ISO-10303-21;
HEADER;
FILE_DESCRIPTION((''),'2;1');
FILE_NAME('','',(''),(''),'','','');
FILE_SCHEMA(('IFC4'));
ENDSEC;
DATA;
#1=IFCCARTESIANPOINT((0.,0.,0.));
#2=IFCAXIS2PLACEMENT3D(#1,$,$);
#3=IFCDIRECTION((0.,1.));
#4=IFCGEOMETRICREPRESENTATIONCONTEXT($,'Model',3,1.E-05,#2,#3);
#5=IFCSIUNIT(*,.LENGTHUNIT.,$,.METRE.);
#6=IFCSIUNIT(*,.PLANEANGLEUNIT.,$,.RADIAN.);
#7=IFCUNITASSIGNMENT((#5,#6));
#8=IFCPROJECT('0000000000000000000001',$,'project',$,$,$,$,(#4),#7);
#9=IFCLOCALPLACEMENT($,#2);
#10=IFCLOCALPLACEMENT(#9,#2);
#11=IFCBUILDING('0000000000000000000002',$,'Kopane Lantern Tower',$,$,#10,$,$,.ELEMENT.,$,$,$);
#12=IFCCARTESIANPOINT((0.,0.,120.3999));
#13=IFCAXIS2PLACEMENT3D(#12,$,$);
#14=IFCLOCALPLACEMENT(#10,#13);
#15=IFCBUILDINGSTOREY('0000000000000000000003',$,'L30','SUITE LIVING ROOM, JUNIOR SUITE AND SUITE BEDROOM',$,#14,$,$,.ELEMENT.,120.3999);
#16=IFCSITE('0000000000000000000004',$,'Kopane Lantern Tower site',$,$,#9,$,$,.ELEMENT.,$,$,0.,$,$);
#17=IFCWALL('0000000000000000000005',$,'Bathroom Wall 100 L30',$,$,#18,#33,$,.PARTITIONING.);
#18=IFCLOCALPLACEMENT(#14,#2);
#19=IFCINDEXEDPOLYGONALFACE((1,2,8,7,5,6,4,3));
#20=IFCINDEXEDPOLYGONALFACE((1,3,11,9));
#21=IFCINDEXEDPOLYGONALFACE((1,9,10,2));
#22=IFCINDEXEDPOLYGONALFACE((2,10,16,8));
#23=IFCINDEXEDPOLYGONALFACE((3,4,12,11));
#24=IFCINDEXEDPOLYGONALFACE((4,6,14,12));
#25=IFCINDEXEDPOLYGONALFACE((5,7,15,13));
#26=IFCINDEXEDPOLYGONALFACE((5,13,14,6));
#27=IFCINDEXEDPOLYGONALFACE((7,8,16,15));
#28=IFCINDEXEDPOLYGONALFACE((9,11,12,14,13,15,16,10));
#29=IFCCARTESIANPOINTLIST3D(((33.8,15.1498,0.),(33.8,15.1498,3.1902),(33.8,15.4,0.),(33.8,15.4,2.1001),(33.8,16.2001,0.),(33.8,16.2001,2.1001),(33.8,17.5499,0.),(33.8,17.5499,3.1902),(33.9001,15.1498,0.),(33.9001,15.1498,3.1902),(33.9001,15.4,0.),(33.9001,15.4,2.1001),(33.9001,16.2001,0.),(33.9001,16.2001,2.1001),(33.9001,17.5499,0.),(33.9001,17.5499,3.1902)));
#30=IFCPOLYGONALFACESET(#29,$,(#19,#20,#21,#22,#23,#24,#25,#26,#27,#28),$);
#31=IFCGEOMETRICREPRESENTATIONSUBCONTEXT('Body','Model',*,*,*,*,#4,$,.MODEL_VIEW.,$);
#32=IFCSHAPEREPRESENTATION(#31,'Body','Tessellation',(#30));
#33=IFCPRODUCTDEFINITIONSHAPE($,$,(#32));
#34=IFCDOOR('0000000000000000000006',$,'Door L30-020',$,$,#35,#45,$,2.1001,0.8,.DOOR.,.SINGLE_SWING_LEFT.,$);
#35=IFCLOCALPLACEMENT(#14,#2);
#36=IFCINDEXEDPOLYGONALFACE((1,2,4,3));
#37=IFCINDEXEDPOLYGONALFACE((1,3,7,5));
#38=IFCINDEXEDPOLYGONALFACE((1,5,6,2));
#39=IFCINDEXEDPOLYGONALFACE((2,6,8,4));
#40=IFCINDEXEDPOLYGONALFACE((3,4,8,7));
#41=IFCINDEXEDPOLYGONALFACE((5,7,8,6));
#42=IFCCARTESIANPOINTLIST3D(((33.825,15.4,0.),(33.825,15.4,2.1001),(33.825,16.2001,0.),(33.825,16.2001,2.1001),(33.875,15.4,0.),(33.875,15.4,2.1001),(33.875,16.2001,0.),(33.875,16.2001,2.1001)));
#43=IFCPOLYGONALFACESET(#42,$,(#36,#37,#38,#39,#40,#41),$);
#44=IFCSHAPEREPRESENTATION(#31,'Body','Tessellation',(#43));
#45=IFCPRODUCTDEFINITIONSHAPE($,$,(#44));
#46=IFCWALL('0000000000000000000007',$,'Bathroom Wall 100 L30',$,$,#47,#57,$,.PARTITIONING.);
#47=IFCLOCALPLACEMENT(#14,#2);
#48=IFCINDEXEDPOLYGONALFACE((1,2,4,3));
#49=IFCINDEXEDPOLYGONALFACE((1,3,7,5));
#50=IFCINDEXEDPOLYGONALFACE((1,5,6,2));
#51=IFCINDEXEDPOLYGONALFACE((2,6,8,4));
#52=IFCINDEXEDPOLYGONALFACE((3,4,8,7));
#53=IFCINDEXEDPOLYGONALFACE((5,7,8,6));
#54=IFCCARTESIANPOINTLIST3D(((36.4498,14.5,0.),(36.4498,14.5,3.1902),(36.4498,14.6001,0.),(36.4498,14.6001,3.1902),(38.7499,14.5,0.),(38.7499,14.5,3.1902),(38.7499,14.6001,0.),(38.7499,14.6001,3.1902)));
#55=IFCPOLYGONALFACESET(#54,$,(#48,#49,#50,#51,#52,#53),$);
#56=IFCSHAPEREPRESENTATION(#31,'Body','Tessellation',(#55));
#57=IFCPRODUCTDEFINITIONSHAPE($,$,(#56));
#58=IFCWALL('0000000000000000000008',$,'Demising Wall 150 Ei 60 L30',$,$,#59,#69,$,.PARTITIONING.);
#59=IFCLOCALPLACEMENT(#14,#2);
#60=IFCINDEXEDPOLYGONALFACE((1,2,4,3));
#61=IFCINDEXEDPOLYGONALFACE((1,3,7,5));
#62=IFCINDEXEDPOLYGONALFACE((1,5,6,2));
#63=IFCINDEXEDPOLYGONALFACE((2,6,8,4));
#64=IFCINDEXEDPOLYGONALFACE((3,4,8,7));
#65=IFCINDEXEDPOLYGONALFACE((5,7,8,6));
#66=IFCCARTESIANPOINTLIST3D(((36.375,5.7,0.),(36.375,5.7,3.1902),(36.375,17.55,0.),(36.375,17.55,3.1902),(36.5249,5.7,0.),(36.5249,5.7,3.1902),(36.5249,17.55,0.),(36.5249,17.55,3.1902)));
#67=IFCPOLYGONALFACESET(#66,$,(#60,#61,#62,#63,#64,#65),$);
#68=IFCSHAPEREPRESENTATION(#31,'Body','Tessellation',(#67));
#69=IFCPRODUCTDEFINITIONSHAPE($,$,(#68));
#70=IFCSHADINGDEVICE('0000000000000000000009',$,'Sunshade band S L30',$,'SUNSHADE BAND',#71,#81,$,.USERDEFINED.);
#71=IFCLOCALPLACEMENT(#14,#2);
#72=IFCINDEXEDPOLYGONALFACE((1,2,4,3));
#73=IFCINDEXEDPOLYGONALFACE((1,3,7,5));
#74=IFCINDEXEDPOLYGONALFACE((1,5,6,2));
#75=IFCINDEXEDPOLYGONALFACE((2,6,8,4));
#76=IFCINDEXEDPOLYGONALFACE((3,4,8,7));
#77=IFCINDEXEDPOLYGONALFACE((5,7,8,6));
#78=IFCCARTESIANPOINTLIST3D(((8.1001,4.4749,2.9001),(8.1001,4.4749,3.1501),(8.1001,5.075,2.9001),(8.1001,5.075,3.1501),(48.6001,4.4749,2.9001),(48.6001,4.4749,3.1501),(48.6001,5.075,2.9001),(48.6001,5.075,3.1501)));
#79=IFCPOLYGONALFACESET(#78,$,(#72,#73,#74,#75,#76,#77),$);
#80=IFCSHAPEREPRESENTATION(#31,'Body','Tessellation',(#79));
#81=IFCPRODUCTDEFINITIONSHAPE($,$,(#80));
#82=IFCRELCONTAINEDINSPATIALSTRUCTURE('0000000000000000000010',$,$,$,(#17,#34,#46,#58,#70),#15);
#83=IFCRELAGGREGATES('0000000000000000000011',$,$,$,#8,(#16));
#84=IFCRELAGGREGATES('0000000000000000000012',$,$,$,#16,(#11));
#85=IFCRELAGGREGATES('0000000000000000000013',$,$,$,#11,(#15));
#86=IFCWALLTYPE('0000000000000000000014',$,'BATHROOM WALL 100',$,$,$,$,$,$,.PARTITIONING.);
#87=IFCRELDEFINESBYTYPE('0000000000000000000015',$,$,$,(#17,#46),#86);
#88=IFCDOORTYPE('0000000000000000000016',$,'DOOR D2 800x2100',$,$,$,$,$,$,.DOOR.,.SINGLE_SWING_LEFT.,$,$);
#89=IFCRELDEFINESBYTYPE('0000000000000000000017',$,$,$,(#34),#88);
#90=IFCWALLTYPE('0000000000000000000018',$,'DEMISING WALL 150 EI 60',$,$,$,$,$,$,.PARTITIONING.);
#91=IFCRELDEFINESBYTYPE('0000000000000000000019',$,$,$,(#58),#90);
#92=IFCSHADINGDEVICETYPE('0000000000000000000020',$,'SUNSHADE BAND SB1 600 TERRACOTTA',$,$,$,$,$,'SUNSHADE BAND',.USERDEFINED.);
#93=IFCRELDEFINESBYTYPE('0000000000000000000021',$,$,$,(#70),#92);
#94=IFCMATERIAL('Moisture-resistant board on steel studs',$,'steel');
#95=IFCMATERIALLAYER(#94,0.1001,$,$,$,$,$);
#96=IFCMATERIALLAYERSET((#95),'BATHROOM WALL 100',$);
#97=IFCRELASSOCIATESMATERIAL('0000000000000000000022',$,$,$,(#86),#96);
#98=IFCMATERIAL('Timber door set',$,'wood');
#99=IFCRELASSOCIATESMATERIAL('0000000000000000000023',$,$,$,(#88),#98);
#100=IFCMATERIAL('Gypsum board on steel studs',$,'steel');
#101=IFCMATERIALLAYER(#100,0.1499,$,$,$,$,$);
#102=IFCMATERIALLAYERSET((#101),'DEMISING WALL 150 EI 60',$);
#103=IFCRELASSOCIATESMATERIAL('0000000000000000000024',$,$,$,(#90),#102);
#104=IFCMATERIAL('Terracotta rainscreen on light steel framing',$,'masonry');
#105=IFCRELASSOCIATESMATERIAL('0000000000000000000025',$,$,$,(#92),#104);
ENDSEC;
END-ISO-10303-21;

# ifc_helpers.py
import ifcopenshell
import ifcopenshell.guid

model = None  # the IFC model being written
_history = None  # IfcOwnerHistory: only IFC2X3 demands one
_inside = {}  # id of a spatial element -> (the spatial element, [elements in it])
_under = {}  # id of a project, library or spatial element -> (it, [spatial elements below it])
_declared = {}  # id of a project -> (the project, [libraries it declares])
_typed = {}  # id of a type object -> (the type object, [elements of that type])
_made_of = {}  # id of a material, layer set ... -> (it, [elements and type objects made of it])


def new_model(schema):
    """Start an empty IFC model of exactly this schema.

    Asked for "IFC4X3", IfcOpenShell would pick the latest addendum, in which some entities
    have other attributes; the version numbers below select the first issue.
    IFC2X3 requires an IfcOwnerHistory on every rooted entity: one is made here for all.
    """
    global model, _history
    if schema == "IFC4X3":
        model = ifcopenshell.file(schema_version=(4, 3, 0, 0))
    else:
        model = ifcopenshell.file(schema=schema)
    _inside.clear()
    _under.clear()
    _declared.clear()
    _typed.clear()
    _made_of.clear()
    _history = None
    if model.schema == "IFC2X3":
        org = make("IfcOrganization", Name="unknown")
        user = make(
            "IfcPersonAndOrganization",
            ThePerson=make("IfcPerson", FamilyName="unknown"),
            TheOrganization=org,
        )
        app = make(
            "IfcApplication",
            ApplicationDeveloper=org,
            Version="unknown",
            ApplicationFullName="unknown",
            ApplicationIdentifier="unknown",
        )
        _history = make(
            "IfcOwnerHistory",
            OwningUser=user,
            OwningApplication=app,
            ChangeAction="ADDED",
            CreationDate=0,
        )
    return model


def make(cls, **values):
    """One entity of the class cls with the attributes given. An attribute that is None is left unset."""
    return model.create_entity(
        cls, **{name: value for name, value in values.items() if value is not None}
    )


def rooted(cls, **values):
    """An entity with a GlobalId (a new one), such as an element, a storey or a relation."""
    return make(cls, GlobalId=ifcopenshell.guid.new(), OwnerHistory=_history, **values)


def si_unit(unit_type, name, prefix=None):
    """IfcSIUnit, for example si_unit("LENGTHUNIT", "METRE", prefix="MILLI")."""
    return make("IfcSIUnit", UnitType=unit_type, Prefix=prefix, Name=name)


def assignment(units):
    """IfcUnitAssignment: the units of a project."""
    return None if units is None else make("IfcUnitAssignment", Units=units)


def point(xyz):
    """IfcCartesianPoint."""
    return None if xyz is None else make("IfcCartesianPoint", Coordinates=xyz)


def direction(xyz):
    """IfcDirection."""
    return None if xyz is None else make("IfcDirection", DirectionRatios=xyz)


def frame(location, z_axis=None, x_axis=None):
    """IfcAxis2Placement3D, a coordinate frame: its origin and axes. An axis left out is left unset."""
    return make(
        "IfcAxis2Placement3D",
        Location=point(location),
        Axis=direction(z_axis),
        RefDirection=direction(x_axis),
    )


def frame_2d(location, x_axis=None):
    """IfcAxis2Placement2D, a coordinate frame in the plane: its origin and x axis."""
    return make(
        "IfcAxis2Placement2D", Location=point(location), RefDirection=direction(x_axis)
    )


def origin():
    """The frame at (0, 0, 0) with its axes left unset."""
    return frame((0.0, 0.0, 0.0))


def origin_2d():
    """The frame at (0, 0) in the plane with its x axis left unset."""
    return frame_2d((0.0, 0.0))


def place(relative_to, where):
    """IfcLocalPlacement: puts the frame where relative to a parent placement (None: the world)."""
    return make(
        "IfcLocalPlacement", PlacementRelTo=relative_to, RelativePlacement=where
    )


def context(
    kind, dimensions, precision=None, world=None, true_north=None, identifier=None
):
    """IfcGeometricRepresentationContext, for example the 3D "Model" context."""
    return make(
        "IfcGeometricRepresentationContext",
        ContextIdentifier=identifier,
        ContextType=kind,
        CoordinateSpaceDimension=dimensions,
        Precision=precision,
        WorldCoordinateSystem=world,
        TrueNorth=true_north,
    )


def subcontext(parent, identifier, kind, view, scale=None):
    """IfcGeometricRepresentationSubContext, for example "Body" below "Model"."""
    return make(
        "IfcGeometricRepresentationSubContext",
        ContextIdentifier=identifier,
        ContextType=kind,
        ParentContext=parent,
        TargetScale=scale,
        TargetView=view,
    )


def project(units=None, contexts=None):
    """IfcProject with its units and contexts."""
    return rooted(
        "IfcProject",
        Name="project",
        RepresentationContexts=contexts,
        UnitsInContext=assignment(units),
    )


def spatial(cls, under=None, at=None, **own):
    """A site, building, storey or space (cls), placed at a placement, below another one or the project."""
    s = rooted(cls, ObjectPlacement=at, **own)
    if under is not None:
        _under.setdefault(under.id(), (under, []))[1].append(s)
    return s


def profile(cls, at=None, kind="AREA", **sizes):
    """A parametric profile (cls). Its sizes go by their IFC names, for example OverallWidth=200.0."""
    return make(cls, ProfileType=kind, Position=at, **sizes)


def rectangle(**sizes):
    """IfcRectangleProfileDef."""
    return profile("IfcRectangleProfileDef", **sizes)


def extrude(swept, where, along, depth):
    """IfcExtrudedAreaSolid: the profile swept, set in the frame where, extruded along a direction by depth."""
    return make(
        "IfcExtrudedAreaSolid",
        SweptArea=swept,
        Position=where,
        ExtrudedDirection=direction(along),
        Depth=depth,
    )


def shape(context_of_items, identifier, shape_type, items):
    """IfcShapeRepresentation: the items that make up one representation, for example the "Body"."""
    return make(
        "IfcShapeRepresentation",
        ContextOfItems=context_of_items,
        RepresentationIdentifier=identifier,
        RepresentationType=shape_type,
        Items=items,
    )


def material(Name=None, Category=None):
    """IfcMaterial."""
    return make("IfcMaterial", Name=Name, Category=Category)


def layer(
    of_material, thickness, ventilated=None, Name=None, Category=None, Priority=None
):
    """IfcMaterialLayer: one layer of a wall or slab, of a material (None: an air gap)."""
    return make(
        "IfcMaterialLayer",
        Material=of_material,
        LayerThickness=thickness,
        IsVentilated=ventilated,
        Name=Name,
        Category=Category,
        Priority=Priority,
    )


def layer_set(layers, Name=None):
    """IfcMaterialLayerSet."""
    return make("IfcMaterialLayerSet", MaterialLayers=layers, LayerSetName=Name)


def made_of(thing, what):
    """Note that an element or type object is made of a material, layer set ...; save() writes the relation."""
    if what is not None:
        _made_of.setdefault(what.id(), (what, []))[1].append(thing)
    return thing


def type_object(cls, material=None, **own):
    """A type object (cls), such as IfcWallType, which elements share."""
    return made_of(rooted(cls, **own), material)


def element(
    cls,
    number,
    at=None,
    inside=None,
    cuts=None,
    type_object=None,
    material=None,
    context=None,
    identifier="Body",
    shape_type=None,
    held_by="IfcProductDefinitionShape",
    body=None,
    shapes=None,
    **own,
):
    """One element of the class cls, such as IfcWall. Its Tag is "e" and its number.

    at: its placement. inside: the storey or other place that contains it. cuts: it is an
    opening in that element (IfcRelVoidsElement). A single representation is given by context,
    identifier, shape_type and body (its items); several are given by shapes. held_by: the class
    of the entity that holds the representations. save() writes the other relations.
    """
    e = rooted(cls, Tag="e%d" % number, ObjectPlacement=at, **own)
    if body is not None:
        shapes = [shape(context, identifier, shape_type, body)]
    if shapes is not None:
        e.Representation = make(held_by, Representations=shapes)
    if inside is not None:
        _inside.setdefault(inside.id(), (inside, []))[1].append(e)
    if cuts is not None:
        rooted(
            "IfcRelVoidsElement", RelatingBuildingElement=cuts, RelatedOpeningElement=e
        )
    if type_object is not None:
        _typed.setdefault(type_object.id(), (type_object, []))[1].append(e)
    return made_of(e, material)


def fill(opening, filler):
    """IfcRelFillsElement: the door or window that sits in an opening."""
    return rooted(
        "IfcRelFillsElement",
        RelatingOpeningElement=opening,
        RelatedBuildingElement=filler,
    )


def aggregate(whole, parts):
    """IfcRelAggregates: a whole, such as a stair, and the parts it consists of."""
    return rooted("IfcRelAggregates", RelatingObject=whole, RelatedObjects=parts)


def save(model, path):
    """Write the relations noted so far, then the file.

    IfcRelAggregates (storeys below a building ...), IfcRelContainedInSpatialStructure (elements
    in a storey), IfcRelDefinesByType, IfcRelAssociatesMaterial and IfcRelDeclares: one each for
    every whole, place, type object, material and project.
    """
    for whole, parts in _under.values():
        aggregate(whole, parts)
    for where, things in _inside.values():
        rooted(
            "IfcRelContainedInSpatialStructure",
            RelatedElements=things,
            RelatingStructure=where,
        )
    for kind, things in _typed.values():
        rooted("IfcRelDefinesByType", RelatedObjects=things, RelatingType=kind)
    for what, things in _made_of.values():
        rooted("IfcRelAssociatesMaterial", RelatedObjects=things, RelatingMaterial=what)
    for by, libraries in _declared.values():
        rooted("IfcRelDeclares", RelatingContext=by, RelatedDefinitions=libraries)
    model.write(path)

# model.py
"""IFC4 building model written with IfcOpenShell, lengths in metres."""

from ifc_helpers import new_model, si_unit, direction, frame, frame_2d, origin, origin_2d, place, context, subcontext, project, spatial, rectangle, extrude, material, layer, layer_set, type_object, element, fill, save


model = new_model("IFC4")

# Units and contexts
model_context = context("Model", 3, precision=1e-05, world=origin(), true_north=direction((0.0, 1.0)))
body_context = subcontext(model_context, "Body", "Model", "MODEL_VIEW")
ifc_project = project(units=[si_unit("LENGTHUNIT", "METRE"), si_unit("PLANEANGLEUNIT", "RADIAN")], contexts=[model_context])

# Site, building, storey
site_placement = place(None, origin())
site = spatial("IfcSite", under=ifc_project, at=site_placement, Name="Kopane Lantern Tower site", CompositionType="ELEMENT", RefElevation=0.0)
building_placement = place(site_placement, origin())
building = spatial("IfcBuilding", under=site, at=building_placement, Name="Kopane Lantern Tower", CompositionType="ELEMENT")
storey_placement = place(building_placement, frame((0.0, 0.0, 120.3999)))
storey = spatial("IfcBuildingStorey", under=building, at=storey_placement, Name="L30", Description="SUITE LIVING ROOM, JUNIOR SUITE AND SUITE BEDROOM", CompositionType="ELEMENT", Elevation=120.3999)

# Shared definitions
ifc_material_1 = material(Name="Moisture-resistant board on steel studs", Category="steel")
ifc_layer_1 = layer(ifc_material_1, 0.1001)
ifc_layer_set_1 = layer_set([ifc_layer_1], Name="BATHROOM WALL 100")
wall_type_1 = type_object("IfcWallType", Name="BATHROOM WALL 100", PredefinedType="PARTITIONING", material=ifc_layer_set_1)
ifc_material_2 = material(Name="Timber door set", Category="wood")
door_type_1 = type_object("IfcDoorType", Name="DOOR D2 800x2100", OperationType="SINGLE_SWING_LEFT", PredefinedType="DOOR", material=ifc_material_2)

# Wall, opening, door
wall_1_placement = place(storey_placement, frame((33.8501, 17.55, 0.0), z_axis=(0.0, 0.0, 1.0), x_axis=(0.0, -1.0, 0.0)))
wall_1 = element("IfcWall", 1, at=wall_1_placement, inside=storey, type_object=wall_type_1, Name="Bathroom Wall 100 L30", PredefinedType="PARTITIONING", context=body_context, shape_type="SweptSolid", body=[
    extrude(rectangle(XDim=2.4001, YDim=0.1001, at=frame_2d((1.2002, 0.0))), origin(), (0.0, 0.0, 1.0), 3.1902),
])
opening_1_placement = place(wall_1_placement, frame((1.3501, 0.0, 0.0)))
opening_1 = element("IfcOpeningElement", 2, at=opening_1_placement, cuts=wall_1, PredefinedType="OPENING", context=body_context, shape_type="SweptSolid", body=[
    extrude(rectangle(XDim=0.8, YDim=2.1001, at=frame_2d((0.3999, 1.05))), frame((0.0, 0.0601, 0.0), z_axis=(0.0, -1.0, 0.0), x_axis=(1.0, 0.0, 0.0)), (0.0, 0.0, 1.0), 0.1201),
])
door_1_placement = place(opening_1_placement, origin())
door_1 = element("IfcDoor", 3, at=door_1_placement, inside=storey, type_object=door_type_1, Name="Door L30-020", OperationType="SINGLE_SWING_LEFT", OverallHeight=2.1001, OverallWidth=0.8, PredefinedType="DOOR", context=body_context, shape_type="SweptSolid", body=[
    extrude(rectangle(XDim=0.8, YDim=2.1001, at=frame_2d((0.3999, 1.05))), frame((0.0, 0.0249, 0.0), z_axis=(0.0, -1.0, 0.0), x_axis=(1.0, 0.0, 0.0)), (0.0, 0.0, 1.0), 0.05),
])
fill(opening_1, door_1)

# Walls
wall_2_placement = place(storey_placement, frame((36.45, 14.55, 0.0), z_axis=(0.0, 0.0, 1.0), x_axis=(1.0, 0.0, 0.0)))
element("IfcWall", 4, at=wall_2_placement, inside=storey, type_object=wall_type_1, Name="Bathroom Wall 100 L30", PredefinedType="PARTITIONING", context=body_context, shape_type="SweptSolid", body=[
    extrude(rectangle(XDim=2.3, YDim=0.1001, at=frame_2d((1.1499, 0.0))), origin(), (0.0, 0.0, 1.0), 3.1902),
])
ifc_material_3 = material(Name="Gypsum board on steel studs", Category="steel")
ifc_layer_2 = layer(ifc_material_3, 0.1499)
ifc_layer_set_2 = layer_set([ifc_layer_2], Name="DEMISING WALL 150 EI 60")
wall_type_2 = type_object("IfcWallType", Name="DEMISING WALL 150 EI 60", PredefinedType="PARTITIONING", material=ifc_layer_set_2)
wall_3_placement = place(storey_placement, frame((36.45, 17.55, 0.0), z_axis=(0.0, 0.0, 1.0), x_axis=(0.0, -1.0, 0.0)))
element("IfcWall", 5, at=wall_3_placement, inside=storey, type_object=wall_type_2, Name="Demising Wall 150 Ei 60 L30", PredefinedType="PARTITIONING", context=body_context, shape_type="SweptSolid", body=[
    extrude(rectangle(XDim=11.8501, YDim=0.1499, at=frame_2d((5.925, 0.0))), origin(), (0.0, 0.0, 1.0), 3.1902),
])

# Shading device
ifc_material_4 = material(Name="Terracotta rainscreen on light steel framing", Category="masonry")
shading_device_type = type_object("IfcShadingDeviceType", Name="SUNSHADE BAND SB1 600 TERRACOTTA", ElementType="SUNSHADE BAND", PredefinedType="USERDEFINED", material=ifc_material_4)
shading_device_placement = place(storey_placement, frame((28.3501, 4.7749, 2.9001), z_axis=(0.0, 0.0, 1.0), x_axis=(1.0, 0.0, 0.0)))
element("IfcShadingDevice", 6, at=shading_device_placement, inside=storey, type_object=shading_device_type, Name="Sunshade band S L30", ObjectType="SUNSHADE BAND", PredefinedType="USERDEFINED", context=body_context, shape_type="SweptSolid", body=[
    extrude(rectangle(XDim=40.5, YDim=0.6001, at=origin_2d()), origin(), (0.0, 0.0, 1.0), 0.25),
])

save(model, "model.ifc")
